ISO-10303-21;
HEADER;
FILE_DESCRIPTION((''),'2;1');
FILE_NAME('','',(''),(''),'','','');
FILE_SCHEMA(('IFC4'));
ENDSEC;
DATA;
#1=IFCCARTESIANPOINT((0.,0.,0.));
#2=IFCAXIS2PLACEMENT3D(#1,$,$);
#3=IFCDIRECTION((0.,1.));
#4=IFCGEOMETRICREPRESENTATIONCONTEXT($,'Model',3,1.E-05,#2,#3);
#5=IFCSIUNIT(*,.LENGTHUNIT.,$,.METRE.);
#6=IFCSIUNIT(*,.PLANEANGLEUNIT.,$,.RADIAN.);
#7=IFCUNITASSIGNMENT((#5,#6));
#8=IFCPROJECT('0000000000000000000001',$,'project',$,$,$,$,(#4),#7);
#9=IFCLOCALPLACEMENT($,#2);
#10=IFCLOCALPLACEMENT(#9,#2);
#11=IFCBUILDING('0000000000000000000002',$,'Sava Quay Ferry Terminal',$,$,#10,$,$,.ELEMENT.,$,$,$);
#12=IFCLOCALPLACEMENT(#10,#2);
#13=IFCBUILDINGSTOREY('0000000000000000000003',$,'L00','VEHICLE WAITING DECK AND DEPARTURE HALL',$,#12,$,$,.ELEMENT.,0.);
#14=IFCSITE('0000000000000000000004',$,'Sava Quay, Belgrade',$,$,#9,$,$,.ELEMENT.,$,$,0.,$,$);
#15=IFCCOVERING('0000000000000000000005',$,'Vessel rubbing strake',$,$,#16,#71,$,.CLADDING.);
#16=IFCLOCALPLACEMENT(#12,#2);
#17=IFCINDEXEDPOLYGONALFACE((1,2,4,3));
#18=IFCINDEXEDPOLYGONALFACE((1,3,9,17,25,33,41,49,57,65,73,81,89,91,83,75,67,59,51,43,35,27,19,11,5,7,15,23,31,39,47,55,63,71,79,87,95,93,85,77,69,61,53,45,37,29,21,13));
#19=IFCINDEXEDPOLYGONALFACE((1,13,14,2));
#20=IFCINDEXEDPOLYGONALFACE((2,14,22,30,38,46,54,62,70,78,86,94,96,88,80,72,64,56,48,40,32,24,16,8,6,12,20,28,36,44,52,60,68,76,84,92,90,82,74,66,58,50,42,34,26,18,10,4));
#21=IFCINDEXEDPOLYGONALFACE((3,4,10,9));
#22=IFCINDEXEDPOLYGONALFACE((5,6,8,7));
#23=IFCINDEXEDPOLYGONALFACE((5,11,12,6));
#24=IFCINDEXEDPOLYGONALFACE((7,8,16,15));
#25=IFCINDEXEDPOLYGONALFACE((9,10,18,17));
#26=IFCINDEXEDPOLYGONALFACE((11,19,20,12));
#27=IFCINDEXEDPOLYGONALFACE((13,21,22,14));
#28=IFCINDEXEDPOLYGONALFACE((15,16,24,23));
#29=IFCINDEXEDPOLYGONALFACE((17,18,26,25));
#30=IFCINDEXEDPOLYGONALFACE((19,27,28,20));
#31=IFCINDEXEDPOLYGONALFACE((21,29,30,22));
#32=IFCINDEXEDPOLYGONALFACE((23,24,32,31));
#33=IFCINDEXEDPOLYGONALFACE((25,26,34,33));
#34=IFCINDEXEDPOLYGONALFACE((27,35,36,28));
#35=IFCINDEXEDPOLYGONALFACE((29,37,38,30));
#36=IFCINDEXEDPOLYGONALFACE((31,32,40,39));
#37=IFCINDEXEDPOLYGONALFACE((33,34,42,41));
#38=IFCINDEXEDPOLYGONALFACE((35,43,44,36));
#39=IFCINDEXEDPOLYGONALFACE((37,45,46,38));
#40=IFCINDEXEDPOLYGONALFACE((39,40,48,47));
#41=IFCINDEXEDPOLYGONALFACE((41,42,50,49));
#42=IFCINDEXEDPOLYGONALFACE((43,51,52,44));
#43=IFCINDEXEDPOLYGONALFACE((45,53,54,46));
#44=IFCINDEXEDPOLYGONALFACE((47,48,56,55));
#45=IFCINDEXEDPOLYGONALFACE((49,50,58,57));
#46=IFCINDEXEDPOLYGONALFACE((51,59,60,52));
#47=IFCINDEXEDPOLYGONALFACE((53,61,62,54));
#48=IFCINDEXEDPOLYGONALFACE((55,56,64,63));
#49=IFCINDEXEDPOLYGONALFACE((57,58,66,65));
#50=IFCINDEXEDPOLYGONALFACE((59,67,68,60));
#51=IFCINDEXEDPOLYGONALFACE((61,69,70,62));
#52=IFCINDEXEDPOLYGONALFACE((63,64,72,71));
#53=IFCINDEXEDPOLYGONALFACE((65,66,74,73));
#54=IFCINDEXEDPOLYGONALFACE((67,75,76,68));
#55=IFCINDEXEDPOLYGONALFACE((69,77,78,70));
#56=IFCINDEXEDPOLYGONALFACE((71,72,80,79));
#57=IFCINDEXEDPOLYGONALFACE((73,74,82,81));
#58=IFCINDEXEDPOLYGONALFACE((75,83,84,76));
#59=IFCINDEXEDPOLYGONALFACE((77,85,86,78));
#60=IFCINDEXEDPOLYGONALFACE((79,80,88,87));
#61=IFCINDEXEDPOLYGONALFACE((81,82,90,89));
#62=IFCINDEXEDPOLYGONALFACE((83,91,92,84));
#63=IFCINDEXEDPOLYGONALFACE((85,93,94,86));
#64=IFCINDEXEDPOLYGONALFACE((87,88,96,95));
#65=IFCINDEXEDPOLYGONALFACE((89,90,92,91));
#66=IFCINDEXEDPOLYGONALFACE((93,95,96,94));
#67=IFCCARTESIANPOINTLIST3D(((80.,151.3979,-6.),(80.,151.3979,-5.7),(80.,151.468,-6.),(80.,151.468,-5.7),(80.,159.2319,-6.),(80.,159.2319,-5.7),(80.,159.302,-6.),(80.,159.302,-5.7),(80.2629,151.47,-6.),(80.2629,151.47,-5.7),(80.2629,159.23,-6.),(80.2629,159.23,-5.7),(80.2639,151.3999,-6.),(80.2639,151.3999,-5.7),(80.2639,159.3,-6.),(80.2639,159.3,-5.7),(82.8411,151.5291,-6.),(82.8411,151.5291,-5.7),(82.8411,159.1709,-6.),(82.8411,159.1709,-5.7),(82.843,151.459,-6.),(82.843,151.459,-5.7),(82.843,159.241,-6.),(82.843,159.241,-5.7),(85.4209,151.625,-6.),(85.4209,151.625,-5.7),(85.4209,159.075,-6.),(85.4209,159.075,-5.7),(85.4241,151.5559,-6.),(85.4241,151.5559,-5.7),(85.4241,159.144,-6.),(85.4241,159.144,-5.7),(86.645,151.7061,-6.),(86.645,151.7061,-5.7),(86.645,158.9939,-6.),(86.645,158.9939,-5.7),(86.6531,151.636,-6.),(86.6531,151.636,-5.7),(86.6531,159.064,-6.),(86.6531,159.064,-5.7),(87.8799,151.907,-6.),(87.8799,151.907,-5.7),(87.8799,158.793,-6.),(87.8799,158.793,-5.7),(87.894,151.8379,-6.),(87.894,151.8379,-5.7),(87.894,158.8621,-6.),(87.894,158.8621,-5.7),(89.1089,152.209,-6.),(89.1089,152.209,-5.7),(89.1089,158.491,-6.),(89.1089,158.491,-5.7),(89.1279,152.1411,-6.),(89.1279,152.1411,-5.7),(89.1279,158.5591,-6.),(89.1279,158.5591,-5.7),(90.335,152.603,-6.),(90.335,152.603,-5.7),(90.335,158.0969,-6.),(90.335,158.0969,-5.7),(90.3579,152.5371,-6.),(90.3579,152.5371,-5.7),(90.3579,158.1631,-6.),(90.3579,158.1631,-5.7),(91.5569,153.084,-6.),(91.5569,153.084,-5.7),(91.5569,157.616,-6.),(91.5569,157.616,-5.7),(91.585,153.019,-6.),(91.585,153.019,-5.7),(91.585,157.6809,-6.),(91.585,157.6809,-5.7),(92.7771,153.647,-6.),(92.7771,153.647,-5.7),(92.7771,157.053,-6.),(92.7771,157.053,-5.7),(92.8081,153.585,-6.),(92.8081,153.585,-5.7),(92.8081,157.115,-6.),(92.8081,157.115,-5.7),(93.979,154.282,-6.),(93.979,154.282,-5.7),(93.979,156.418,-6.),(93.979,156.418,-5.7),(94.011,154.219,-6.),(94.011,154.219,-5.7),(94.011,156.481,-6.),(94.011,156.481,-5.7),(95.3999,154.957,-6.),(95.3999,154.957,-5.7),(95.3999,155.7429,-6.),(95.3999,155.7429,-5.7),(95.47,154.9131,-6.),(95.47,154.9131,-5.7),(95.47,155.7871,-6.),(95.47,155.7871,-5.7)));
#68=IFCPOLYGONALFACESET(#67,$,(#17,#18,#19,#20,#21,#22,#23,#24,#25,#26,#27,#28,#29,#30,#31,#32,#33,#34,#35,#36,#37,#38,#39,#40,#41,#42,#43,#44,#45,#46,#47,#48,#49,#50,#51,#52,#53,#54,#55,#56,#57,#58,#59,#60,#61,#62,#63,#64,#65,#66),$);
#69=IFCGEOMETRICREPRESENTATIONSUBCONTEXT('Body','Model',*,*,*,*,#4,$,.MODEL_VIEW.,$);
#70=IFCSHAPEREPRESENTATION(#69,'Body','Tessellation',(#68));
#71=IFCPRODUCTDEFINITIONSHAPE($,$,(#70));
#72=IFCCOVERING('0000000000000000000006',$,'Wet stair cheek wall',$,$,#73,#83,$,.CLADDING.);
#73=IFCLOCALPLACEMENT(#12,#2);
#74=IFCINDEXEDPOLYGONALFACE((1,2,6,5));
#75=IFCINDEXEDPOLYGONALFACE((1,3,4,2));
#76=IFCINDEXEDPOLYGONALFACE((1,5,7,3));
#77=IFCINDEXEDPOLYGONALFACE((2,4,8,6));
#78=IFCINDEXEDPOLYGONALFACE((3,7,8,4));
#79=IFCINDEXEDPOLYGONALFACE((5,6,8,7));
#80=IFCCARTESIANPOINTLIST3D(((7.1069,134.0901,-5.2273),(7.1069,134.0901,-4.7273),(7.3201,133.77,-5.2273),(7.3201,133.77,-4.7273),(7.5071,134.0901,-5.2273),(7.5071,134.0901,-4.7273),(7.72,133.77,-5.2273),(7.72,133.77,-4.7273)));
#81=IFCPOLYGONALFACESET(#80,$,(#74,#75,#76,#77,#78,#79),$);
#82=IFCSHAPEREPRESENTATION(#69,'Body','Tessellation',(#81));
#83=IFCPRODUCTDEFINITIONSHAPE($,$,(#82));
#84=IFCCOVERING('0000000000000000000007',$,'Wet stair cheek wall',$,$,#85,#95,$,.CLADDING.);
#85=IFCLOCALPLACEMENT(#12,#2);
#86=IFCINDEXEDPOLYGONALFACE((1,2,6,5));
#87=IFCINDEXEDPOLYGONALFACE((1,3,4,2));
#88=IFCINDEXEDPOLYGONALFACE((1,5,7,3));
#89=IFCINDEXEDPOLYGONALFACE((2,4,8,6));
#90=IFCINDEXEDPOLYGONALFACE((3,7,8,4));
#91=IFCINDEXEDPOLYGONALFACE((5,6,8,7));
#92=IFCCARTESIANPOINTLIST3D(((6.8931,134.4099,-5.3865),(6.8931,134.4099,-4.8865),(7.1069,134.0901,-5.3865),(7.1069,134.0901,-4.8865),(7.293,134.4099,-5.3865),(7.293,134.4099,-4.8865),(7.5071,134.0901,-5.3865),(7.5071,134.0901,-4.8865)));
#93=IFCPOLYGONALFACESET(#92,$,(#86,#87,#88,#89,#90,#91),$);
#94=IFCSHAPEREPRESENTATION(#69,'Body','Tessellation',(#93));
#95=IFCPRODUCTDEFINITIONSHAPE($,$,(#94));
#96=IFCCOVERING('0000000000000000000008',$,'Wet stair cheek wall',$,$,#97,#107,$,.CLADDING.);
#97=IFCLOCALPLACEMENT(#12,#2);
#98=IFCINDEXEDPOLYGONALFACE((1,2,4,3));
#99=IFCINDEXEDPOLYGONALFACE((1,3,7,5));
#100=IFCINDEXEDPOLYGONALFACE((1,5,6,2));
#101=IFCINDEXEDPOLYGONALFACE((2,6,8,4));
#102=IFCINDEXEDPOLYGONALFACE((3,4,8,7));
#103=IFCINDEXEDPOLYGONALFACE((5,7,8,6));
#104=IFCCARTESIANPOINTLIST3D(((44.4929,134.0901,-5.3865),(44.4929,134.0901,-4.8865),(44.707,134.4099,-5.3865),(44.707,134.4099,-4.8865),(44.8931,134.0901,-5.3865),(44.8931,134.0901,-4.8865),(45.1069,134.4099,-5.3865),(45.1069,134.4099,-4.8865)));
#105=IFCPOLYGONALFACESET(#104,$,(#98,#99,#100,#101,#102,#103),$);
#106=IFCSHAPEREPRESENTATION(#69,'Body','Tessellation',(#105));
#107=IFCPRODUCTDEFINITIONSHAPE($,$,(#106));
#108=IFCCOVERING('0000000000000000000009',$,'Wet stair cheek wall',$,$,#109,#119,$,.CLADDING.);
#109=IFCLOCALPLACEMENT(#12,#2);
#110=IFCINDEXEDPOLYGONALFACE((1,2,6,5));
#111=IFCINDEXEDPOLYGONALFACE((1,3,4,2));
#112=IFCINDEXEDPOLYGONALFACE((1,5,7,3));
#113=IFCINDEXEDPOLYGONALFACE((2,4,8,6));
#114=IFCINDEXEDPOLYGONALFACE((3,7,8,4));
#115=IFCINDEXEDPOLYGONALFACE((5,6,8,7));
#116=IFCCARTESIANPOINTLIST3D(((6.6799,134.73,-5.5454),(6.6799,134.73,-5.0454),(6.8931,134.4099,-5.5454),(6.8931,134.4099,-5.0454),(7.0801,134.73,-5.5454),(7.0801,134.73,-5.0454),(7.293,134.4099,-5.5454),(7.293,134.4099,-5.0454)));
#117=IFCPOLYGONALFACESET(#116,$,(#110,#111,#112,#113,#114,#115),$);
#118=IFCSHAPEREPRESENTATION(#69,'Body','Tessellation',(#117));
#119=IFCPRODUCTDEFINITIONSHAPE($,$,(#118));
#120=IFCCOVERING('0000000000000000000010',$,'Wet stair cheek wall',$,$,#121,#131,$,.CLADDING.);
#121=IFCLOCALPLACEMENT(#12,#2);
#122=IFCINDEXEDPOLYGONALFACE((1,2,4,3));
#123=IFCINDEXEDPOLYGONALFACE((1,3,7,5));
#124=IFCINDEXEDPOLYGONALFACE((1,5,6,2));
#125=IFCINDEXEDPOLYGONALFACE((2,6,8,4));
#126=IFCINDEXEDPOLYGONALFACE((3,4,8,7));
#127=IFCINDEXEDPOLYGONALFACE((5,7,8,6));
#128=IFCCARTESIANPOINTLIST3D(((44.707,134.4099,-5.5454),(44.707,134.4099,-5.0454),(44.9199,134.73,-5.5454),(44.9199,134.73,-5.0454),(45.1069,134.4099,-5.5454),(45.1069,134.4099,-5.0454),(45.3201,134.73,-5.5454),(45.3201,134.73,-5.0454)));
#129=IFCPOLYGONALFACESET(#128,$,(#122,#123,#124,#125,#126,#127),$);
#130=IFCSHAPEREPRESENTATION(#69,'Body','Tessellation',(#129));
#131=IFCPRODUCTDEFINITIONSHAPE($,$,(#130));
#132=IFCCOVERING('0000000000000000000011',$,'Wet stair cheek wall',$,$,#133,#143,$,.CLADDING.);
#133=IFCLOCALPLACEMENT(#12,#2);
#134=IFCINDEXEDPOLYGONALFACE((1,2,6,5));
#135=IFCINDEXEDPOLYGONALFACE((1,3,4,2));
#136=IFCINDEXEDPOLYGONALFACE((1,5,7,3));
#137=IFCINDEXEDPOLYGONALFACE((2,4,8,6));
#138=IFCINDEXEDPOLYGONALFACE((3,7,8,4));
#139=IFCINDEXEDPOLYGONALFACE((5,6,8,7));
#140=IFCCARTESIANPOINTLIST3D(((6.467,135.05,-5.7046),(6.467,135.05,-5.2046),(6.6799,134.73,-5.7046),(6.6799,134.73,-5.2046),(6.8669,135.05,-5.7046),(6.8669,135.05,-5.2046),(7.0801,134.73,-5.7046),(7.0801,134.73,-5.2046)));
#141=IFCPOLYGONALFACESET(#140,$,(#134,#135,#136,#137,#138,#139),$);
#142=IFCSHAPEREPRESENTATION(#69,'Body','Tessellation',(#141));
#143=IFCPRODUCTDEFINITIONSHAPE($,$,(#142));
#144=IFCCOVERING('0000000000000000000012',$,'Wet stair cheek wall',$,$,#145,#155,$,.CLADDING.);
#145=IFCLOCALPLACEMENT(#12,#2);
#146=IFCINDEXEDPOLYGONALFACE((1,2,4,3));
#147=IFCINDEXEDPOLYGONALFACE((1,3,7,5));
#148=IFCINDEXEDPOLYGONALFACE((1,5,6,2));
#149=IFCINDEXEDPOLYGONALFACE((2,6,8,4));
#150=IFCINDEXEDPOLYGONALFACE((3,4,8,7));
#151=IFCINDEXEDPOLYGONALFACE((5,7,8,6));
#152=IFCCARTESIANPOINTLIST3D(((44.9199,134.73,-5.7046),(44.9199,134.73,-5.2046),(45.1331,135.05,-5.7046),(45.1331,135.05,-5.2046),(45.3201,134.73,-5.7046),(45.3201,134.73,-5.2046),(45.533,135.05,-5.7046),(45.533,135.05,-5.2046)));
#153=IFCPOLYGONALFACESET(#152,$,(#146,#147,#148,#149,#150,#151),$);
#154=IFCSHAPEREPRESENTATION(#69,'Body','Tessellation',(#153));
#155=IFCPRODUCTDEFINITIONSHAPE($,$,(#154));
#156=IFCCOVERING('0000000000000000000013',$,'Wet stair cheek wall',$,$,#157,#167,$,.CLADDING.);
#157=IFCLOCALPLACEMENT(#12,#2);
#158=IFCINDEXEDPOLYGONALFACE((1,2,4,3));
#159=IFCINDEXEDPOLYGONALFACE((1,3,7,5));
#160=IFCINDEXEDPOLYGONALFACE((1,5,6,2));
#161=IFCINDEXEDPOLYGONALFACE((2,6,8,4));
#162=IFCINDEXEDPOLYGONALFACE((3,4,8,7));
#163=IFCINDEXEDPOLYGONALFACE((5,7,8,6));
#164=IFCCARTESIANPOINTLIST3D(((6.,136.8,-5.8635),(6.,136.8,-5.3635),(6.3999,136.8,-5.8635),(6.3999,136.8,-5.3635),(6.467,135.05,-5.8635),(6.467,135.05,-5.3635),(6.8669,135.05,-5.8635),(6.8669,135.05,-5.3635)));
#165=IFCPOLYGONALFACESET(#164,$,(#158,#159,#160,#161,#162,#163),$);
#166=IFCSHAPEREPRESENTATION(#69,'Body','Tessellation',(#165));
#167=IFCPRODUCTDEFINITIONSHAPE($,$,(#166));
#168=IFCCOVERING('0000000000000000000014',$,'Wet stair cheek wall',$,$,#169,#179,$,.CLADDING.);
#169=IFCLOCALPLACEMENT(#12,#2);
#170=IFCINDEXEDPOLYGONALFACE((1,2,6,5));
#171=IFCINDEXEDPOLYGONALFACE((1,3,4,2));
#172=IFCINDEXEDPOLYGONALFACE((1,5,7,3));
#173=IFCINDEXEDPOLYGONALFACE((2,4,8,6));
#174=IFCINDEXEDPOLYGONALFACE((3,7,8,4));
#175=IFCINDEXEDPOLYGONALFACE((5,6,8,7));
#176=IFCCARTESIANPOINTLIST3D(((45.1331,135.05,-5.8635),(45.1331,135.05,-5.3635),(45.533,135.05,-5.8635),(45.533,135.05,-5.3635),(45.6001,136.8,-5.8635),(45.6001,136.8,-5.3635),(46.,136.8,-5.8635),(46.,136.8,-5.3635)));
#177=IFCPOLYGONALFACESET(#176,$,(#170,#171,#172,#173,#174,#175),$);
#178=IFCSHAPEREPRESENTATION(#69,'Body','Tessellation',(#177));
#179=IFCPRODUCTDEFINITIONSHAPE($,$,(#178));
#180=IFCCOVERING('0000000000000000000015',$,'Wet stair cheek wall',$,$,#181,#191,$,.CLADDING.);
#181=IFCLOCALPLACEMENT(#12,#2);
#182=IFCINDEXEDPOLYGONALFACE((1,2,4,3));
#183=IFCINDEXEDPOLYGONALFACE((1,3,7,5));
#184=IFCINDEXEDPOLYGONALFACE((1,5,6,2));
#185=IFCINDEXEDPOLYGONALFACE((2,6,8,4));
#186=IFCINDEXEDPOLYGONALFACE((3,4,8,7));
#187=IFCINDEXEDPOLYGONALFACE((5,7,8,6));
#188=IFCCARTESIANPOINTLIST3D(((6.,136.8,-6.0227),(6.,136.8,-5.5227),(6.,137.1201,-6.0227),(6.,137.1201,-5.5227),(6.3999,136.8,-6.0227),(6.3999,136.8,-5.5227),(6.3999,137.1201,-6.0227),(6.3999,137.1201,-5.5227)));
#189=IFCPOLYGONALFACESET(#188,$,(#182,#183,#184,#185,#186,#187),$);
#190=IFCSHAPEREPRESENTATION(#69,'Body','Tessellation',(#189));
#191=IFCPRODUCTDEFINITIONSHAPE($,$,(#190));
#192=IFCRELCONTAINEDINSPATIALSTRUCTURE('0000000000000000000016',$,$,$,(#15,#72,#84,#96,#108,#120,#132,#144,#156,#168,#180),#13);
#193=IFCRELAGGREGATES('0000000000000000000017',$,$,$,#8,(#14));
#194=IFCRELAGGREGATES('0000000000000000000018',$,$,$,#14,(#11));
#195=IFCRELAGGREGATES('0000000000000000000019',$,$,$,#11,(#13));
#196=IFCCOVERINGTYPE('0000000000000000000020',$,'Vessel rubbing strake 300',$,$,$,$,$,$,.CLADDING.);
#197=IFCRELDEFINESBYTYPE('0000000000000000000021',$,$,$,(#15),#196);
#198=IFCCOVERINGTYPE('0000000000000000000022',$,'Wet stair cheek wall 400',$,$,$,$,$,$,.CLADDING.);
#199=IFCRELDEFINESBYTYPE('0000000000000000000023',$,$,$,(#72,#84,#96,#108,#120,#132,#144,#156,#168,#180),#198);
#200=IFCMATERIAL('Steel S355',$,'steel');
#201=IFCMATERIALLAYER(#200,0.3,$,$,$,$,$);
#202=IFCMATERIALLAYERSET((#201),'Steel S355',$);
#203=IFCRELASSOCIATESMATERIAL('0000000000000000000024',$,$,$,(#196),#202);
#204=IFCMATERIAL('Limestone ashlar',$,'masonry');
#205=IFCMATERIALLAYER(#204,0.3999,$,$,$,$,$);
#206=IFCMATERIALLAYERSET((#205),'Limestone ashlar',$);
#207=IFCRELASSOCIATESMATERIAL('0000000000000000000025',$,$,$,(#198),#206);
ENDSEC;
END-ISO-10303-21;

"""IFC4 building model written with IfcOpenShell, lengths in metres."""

from ifc_helpers import new_model, si_unit, direction, frame, origin, place, context, subcontext, project, spatial, polyline, outline, extrude, material, layer, layer_set, type_object, element, save


model = new_model("IFC4")

# Units and contexts
model_context = context("Model", 3, precision=1e-05, world=origin(), true_north=direction((0.0, 1.0)))
body_context = subcontext(model_context, "Body", "Model", "MODEL_VIEW")
ifc_project = project(units=[si_unit("LENGTHUNIT", "METRE"), si_unit("PLANEANGLEUNIT", "RADIAN")], contexts=[model_context])

# Site, building, storey
site_placement = place(None, origin())
site = spatial("IfcSite", under=ifc_project, at=site_placement, Name="Sava Quay, Belgrade", CompositionType="ELEMENT", RefElevation=0.0)
building_placement = place(site_placement, origin())
building = spatial("IfcBuilding", under=site, at=building_placement, Name="Sava Quay Ferry Terminal", CompositionType="ELEMENT")
storey_placement = place(building_placement, origin())
storey = spatial("IfcBuildingStorey", under=building, at=storey_placement, Name="L00", Description="VEHICLE WAITING DECK AND DEPARTURE HALL", CompositionType="ELEMENT", Elevation=0.0)

# Coverings
ifc_material_1 = material(Name="Steel S355", Category="steel")
ifc_layer_1 = layer(ifc_material_1, 0.3)
ifc_layer_set_1 = layer_set([ifc_layer_1], Name="Steel S355")
covering_type_1 = type_object("IfcCoveringType", Name="Vessel rubbing strake 300", PredefinedType="CLADDING", material=ifc_layer_set_1)
covering_1_placement = place(storey_placement, frame((0.0, 0.0, -6.0)))
element("IfcCovering", 1, at=covering_1_placement, inside=storey, type_object=covering_type_1, Name="Vessel rubbing strake", PredefinedType="CLADDING", context=body_context, shape_type="SweptSolid", body=[
    extrude(outline(polyline([(80.2639, 159.3), (80.0, 159.302), (80.0, 159.2319), (80.2629, 159.23), (82.8411, 159.1709), (85.4209, 159.075), (86.645, 158.9939), (87.8799, 158.793), (89.1089, 158.491), (90.335, 158.0969), (91.5569, 157.616), (92.7771, 157.053), (93.979, 156.418), (95.3999, 155.7429), (95.3999, 154.957), (93.979, 154.282), (92.7771, 153.647), (91.5569, 153.084), (90.335, 152.603), (89.1089, 152.209), (87.8799, 151.907), (86.645, 151.7061), (85.4209, 151.625), (82.8411, 151.5291), (80.2629, 151.47), (80.0, 151.468), (80.0, 151.3979), (80.2639, 151.3999), (82.843, 151.459), (85.4241, 151.5559), (86.6531, 151.636), (87.894, 151.8379), (89.1279, 152.1411), (90.3579, 152.5371), (91.585, 153.019), (92.8081, 153.585), (94.011, 154.219), (95.47, 154.9131), (95.47, 155.7871), (94.011, 156.481), (92.8081, 157.115), (91.585, 157.6809), (90.3579, 158.1631), (89.1279, 158.5591), (87.894, 158.8621), (86.6531, 159.064), (85.4241, 159.144), (82.843, 159.241), (80.2639, 159.3)])), origin(), (0.0, 0.0, 1.0), 0.3),
])
ifc_material_2 = material(Name="Limestone ashlar", Category="masonry")
ifc_layer_2 = layer(ifc_material_2, 0.3999)
ifc_layer_set_2 = layer_set([ifc_layer_2], Name="Limestone ashlar")
covering_type_2 = type_object("IfcCoveringType", Name="Wet stair cheek wall 400", PredefinedType="CLADDING", material=ifc_layer_set_2)
covering_2_placement = place(storey_placement, frame((0.0, 0.0, -5.2273)))
element("IfcCovering", 2, at=covering_2_placement, inside=storey, type_object=covering_type_2, Name="Wet stair cheek wall", PredefinedType="CLADDING", context=body_context, shape_type="SweptSolid", body=[
    extrude(outline(polyline([(7.3201, 133.77), (7.72, 133.77), (7.5071, 134.0901), (7.1069, 134.0901), (7.3201, 133.77)])), origin(), (0.0, 0.0, 1.0), 0.5),
])
covering_3_placement = place(storey_placement, frame((0.0, 0.0, -5.3865)))
element("IfcCovering", 3, at=covering_3_placement, inside=storey, type_object=covering_type_2, Name="Wet stair cheek wall", PredefinedType="CLADDING", context=body_context, shape_type="SweptSolid", body=[
    extrude(outline(polyline([(7.1069, 134.0901), (7.5071, 134.0901), (7.293, 134.4099), (6.8931, 134.4099), (7.1069, 134.0901)])), origin(), (0.0, 0.0, 1.0), 0.5),
])
covering_4_placement = place(storey_placement, frame((0.0, 0.0, -5.3865)))
element("IfcCovering", 4, at=covering_4_placement, inside=storey, type_object=covering_type_2, Name="Wet stair cheek wall", PredefinedType="CLADDING", context=body_context, shape_type="SweptSolid", body=[
    extrude(outline(polyline([(44.4929, 134.0901), (44.8931, 134.0901), (45.1069, 134.4099), (44.707, 134.4099), (44.4929, 134.0901)])), origin(), (0.0, 0.0, 1.0), 0.5),
])
covering_5_placement = place(storey_placement, frame((0.0, 0.0, -5.5454)))
element("IfcCovering", 5, at=covering_5_placement, inside=storey, type_object=covering_type_2, Name="Wet stair cheek wall", PredefinedType="CLADDING", context=body_context, shape_type="SweptSolid", body=[
    extrude(outline(polyline([(6.8931, 134.4099), (7.293, 134.4099), (7.0801, 134.73), (6.6799, 134.73), (6.8931, 134.4099)])), origin(), (0.0, 0.0, 1.0), 0.5),
])
covering_6_placement = place(storey_placement, frame((0.0, 0.0, -5.5454)))
element("IfcCovering", 6, at=covering_6_placement, inside=storey, type_object=covering_type_2, Name="Wet stair cheek wall", PredefinedType="CLADDING", context=body_context, shape_type="SweptSolid", body=[
    extrude(outline(polyline([(44.707, 134.4099), (45.1069, 134.4099), (45.3201, 134.73), (44.9199, 134.73), (44.707, 134.4099)])), origin(), (0.0, 0.0, 1.0), 0.5),
])
covering_7_placement = place(storey_placement, frame((0.0, 0.0, -5.7046)))
element("IfcCovering", 7, at=covering_7_placement, inside=storey, type_object=covering_type_2, Name="Wet stair cheek wall", PredefinedType="CLADDING", context=body_context, shape_type="SweptSolid", body=[
    extrude(outline(polyline([(6.6799, 134.73), (7.0801, 134.73), (6.8669, 135.05), (6.467, 135.05), (6.6799, 134.73)])), origin(), (0.0, 0.0, 1.0), 0.5),
])
covering_8_placement = place(storey_placement, frame((0.0, 0.0, -5.7046)))
element("IfcCovering", 8, at=covering_8_placement, inside=storey, type_object=covering_type_2, Name="Wet stair cheek wall", PredefinedType="CLADDING", context=body_context, shape_type="SweptSolid", body=[
    extrude(outline(polyline([(44.9199, 134.73), (45.3201, 134.73), (45.533, 135.05), (45.1331, 135.05), (44.9199, 134.73)])), origin(), (0.0, 0.0, 1.0), 0.5),
])
covering_9_placement = place(storey_placement, frame((0.0, 0.0, -5.8635)))
element("IfcCovering", 9, at=covering_9_placement, inside=storey, type_object=covering_type_2, Name="Wet stair cheek wall", PredefinedType="CLADDING", context=body_context, shape_type="SweptSolid", body=[
    extrude(outline(polyline([(6.467, 135.05), (6.8669, 135.05), (6.3999, 136.8), (6.0, 136.8), (6.467, 135.05)])), origin(), (0.0, 0.0, 1.0), 0.5),
])
covering_10_placement = place(storey_placement, frame((0.0, 0.0, -5.8635)))
element("IfcCovering", 10, at=covering_10_placement, inside=storey, type_object=covering_type_2, Name="Wet stair cheek wall", PredefinedType="CLADDING", context=body_context, shape_type="SweptSolid", body=[
    extrude(outline(polyline([(45.1331, 135.05), (45.533, 135.05), (46.0, 136.8), (45.6001, 136.8), (45.1331, 135.05)])), origin(), (0.0, 0.0, 1.0), 0.5),
])
covering_11_placement = place(storey_placement, frame((0.0, 0.0, -6.0227)))
element("IfcCovering", 11, at=covering_11_placement, inside=storey, type_object=covering_type_2, Name="Wet stair cheek wall", PredefinedType="CLADDING", context=body_context, shape_type="SweptSolid", body=[
    extrude(outline(polyline([(6.0, 136.8), (6.3999, 136.8), (6.3999, 137.1201), (6.0, 137.1201), (6.0, 136.8)])), origin(), (0.0, 0.0, 1.0), 0.5),
])

save(model, "model.ifc")
